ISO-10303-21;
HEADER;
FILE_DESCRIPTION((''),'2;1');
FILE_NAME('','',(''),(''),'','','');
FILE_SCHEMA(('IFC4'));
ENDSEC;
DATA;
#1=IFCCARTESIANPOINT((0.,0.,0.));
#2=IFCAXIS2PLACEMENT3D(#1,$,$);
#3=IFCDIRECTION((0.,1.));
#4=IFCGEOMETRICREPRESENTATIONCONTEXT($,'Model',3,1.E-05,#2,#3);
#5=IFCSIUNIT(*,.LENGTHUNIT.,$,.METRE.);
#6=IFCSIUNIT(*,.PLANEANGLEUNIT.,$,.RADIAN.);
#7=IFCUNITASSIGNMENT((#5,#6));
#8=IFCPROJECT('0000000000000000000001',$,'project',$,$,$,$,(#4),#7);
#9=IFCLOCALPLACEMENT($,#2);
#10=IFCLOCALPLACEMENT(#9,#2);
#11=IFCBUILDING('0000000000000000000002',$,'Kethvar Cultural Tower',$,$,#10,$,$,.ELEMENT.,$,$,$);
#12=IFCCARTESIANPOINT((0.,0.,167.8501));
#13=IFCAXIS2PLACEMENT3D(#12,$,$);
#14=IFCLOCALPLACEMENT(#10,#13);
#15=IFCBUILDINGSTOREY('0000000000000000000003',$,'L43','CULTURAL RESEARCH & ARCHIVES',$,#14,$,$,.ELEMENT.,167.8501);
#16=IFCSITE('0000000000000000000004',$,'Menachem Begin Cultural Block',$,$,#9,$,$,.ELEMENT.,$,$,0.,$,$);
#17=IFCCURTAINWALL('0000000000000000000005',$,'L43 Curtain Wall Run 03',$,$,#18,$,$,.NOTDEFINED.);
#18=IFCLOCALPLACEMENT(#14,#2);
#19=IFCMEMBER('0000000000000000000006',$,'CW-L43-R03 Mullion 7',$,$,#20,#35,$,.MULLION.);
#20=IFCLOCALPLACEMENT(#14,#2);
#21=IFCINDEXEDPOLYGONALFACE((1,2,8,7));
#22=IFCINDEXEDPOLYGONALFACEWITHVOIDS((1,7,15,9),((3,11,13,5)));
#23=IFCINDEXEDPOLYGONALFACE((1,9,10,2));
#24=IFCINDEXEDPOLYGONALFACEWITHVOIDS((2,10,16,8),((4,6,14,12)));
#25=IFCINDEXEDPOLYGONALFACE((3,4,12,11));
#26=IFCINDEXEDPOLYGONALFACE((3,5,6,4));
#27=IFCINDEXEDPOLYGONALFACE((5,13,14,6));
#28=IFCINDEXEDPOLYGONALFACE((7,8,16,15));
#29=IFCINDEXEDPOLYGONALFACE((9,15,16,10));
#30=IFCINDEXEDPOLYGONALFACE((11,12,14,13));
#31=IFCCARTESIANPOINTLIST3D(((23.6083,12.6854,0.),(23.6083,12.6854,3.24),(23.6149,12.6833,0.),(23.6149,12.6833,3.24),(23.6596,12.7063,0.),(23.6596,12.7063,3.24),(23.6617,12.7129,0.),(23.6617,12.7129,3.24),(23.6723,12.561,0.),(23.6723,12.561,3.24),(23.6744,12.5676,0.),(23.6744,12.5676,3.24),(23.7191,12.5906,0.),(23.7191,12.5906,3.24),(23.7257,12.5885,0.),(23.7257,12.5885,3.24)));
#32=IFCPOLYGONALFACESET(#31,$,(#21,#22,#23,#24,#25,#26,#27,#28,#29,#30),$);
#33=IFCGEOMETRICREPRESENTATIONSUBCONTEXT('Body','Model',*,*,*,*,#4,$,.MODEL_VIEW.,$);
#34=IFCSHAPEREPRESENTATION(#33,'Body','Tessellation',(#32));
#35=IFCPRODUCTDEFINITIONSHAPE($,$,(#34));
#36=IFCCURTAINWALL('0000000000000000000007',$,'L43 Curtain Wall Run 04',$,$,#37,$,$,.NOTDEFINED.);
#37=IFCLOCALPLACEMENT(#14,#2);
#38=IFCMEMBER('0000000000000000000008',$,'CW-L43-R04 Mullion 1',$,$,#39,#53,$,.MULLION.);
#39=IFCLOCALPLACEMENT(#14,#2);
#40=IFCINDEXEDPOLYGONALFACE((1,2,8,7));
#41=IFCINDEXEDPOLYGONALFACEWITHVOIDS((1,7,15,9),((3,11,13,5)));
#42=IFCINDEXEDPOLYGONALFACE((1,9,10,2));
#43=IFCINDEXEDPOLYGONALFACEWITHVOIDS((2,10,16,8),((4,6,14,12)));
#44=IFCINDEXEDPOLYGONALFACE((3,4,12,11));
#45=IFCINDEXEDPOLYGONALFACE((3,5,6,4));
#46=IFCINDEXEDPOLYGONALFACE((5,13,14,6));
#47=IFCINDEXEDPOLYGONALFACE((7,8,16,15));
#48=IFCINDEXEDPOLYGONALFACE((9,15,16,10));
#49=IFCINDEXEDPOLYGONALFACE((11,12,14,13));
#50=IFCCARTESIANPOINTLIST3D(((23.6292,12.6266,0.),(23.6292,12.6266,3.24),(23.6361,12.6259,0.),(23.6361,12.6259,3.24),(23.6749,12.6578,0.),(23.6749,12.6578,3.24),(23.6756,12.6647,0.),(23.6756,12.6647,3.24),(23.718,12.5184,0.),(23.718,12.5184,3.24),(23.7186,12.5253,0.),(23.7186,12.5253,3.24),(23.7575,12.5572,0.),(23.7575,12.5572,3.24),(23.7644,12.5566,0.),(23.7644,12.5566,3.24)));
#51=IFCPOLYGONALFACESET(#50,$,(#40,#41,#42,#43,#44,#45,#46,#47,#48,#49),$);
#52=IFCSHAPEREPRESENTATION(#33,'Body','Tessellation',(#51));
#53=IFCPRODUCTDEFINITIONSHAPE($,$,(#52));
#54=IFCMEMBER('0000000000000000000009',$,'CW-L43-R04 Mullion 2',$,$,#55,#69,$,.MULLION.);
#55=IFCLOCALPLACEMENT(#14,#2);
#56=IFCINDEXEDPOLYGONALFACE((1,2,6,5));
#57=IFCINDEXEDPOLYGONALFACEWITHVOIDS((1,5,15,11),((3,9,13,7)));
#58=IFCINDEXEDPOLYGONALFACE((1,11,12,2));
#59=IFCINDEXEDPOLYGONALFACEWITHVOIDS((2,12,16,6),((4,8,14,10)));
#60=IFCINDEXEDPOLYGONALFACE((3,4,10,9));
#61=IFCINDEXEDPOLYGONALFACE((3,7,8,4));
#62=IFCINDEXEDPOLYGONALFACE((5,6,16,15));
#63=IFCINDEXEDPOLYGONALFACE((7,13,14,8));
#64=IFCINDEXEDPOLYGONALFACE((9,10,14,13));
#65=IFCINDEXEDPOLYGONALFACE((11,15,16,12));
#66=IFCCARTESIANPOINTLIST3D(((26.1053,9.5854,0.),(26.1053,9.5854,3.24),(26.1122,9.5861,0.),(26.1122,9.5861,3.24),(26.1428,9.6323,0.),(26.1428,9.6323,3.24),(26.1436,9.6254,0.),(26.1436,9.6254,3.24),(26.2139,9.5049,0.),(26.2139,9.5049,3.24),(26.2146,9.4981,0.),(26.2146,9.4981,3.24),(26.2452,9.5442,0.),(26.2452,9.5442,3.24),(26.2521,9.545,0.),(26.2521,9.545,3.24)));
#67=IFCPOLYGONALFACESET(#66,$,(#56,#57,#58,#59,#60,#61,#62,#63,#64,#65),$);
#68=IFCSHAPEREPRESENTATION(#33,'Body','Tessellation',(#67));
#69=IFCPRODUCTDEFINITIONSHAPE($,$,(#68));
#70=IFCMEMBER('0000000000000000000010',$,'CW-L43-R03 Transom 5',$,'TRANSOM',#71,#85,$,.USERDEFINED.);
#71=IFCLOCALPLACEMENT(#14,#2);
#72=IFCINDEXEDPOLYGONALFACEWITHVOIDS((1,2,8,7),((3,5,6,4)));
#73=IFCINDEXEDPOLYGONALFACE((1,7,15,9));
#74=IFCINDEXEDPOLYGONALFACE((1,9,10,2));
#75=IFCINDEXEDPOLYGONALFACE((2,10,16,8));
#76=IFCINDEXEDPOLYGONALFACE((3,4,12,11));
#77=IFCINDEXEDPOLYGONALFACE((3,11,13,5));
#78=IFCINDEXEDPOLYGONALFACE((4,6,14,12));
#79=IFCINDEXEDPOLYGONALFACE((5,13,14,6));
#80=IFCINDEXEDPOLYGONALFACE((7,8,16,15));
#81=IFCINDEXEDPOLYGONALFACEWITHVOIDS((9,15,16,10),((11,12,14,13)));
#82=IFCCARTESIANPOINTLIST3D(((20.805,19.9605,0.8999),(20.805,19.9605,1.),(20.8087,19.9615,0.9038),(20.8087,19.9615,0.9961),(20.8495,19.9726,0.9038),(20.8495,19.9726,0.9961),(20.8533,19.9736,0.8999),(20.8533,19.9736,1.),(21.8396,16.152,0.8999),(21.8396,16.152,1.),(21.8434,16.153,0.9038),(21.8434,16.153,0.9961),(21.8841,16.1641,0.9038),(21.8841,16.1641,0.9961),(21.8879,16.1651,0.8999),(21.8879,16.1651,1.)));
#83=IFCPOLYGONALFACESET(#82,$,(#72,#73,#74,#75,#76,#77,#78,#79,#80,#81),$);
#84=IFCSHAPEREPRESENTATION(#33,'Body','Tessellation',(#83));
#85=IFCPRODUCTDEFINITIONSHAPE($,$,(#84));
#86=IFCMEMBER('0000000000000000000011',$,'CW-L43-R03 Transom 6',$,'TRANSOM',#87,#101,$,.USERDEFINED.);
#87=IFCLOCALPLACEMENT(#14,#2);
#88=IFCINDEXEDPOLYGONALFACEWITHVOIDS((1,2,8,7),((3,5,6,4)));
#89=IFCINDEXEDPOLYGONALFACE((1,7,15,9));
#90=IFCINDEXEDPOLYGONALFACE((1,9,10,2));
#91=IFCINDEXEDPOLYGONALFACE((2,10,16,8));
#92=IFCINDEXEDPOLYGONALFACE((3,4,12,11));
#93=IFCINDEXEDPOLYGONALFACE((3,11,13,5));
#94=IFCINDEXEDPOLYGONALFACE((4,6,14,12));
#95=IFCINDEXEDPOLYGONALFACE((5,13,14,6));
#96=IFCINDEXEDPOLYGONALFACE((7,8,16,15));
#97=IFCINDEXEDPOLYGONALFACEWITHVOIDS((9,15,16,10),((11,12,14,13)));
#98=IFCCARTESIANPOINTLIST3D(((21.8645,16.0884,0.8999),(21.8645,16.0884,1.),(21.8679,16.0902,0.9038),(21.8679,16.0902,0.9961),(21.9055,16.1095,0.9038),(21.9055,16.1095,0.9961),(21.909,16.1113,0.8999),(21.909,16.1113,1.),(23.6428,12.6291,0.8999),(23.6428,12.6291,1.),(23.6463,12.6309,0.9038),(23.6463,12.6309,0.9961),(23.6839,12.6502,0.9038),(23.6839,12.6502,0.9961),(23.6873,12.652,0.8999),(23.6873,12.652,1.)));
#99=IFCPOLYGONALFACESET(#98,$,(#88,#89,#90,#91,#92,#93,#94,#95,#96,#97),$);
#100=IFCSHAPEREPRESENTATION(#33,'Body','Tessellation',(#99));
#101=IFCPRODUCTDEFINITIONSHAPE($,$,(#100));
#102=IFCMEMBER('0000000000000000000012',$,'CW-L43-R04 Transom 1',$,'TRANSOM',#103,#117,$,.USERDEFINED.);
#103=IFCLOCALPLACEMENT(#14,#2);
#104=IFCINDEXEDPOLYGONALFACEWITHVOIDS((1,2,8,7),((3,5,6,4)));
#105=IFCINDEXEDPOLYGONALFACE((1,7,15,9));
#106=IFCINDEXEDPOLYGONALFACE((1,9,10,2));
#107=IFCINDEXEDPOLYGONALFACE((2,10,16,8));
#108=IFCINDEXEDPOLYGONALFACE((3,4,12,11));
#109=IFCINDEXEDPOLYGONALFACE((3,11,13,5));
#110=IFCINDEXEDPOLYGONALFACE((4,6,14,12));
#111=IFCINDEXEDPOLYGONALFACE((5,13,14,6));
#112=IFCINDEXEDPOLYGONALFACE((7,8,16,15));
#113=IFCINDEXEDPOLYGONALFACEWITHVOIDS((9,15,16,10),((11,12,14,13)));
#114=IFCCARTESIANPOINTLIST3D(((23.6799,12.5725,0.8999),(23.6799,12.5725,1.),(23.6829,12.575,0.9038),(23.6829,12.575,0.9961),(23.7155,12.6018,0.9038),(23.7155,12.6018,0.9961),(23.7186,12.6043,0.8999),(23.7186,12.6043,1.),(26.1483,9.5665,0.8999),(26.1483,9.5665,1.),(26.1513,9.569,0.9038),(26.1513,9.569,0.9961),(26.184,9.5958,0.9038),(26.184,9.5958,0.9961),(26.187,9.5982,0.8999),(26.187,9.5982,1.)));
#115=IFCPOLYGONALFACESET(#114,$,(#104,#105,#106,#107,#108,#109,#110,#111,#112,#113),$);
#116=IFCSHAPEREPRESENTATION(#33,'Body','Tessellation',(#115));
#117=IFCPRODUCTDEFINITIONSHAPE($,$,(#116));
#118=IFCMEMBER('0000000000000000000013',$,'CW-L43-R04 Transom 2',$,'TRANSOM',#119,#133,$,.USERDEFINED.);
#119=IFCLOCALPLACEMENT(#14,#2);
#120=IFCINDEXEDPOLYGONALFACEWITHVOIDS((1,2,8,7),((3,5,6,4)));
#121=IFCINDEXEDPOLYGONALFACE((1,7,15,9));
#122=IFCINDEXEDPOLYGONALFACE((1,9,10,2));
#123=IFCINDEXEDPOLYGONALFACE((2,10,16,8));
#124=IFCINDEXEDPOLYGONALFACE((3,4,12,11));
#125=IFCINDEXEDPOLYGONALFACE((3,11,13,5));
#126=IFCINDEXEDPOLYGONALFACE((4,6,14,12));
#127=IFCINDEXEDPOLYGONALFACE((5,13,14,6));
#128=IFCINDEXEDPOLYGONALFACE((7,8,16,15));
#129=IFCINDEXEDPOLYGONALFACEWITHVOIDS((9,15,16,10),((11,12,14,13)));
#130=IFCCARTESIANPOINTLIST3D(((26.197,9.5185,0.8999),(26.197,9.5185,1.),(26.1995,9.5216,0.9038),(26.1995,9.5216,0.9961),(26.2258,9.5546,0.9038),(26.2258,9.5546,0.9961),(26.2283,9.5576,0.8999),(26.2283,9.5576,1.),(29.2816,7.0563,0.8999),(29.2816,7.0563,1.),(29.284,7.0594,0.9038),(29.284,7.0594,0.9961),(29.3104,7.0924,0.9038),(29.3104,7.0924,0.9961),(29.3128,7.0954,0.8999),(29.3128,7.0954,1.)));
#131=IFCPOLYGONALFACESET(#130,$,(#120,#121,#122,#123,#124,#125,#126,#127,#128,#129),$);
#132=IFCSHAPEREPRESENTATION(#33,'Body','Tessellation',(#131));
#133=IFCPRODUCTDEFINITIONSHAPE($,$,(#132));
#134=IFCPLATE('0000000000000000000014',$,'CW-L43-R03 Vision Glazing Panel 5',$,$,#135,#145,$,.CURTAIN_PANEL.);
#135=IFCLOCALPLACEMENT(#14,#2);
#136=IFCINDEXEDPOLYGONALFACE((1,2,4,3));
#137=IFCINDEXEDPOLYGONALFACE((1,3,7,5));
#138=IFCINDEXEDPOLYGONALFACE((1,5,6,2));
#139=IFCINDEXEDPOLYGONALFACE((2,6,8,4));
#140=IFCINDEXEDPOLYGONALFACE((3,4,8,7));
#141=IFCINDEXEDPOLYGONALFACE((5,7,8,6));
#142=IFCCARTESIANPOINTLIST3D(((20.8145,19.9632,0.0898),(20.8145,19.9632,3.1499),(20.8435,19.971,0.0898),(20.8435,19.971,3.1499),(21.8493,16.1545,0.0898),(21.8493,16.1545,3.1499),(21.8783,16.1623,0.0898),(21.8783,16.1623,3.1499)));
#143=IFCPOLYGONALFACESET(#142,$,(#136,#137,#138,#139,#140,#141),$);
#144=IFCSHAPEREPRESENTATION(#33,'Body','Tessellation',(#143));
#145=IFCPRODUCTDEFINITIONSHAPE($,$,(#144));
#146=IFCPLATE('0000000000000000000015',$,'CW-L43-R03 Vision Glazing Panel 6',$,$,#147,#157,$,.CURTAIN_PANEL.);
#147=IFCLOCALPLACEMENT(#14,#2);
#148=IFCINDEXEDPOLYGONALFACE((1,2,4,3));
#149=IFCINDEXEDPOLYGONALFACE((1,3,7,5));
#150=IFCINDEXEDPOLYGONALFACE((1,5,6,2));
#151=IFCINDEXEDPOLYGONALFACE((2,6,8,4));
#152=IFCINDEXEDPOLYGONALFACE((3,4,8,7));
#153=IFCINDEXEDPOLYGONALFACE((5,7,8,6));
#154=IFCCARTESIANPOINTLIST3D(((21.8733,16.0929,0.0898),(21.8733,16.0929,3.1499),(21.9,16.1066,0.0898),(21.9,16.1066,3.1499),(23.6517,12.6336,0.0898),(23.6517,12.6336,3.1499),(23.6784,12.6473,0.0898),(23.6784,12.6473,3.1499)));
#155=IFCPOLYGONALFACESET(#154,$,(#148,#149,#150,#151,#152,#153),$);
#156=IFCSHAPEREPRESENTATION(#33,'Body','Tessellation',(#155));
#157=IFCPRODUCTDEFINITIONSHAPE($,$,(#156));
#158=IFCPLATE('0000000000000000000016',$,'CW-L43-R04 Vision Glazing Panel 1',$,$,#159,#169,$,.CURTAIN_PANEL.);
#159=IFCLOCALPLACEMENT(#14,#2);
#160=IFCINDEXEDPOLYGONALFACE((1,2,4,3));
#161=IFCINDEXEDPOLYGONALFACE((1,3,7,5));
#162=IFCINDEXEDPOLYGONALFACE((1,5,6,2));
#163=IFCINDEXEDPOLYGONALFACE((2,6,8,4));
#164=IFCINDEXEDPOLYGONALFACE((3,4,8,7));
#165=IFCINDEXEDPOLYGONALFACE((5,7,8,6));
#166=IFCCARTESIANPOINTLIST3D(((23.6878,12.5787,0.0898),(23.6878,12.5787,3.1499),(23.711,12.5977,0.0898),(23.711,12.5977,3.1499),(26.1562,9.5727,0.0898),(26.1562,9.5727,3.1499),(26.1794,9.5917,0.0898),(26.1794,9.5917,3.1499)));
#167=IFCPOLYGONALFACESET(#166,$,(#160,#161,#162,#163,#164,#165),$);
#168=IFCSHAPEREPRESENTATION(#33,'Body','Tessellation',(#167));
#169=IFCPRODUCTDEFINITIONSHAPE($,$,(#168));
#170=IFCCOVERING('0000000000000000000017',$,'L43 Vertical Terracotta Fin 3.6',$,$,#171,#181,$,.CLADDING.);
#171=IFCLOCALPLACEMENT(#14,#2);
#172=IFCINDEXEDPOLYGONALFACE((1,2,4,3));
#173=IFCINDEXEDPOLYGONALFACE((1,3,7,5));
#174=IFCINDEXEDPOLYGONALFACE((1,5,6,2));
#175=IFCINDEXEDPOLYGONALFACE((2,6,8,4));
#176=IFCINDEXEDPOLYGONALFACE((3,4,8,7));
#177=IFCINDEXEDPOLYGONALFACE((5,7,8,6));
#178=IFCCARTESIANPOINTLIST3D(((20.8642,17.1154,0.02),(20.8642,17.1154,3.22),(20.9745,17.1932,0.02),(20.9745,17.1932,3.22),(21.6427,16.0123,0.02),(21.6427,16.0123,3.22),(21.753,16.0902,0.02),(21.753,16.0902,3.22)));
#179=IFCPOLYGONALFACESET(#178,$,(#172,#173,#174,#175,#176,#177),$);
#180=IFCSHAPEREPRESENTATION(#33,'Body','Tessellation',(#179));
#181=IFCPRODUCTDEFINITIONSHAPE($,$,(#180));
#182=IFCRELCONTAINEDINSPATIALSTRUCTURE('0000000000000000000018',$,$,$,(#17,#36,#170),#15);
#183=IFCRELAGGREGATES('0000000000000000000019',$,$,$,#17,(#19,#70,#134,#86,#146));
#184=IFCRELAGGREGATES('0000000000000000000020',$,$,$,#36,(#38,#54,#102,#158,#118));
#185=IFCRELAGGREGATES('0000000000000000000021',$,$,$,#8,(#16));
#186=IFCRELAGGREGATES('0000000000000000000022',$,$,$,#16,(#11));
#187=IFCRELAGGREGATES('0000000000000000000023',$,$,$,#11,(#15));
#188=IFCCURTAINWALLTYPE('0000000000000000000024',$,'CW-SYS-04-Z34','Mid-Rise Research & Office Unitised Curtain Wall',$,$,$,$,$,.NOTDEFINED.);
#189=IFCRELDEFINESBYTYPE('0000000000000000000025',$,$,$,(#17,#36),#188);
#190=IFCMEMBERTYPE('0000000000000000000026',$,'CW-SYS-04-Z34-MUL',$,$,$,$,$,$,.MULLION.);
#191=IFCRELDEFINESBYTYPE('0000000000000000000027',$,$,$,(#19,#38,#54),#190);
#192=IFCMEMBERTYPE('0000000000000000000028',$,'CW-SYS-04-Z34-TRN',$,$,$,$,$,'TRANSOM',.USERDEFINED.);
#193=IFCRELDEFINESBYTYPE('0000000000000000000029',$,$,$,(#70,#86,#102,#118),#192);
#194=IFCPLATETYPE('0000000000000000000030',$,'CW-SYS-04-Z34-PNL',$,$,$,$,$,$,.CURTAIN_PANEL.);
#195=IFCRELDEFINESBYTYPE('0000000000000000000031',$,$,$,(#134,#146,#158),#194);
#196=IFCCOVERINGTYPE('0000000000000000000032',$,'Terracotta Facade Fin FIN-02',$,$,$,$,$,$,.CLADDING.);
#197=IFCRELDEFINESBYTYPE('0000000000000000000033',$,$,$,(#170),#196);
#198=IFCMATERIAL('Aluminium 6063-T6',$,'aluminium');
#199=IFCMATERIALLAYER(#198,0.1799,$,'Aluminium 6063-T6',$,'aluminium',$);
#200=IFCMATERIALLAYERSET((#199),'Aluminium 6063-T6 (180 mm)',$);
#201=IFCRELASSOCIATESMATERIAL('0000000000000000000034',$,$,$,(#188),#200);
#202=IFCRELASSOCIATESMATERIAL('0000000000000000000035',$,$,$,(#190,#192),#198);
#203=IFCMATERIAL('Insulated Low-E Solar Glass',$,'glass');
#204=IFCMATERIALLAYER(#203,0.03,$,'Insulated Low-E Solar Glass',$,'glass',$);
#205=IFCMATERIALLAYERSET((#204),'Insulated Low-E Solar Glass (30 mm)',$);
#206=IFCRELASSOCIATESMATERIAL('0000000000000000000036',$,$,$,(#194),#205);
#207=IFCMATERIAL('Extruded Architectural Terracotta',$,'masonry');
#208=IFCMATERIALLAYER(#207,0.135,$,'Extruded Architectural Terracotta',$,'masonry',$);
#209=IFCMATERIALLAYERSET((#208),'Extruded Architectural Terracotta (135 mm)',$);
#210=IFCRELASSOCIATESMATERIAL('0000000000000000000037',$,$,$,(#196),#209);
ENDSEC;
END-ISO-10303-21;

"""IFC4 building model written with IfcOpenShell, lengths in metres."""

from ifc_helpers import new_model, si_unit, direction, frame, origin, origin_2d, place, context, subcontext, project, spatial, rectangle, hollow_rectangle, extrude, source, transform, mapped, material, layer, layer_set, material_profile, profile_set, type_object, element, aggregate, save


model = new_model("IFC4")

# Units and contexts
model_context = context("Model", 3, precision=1e-05, world=origin(), true_north=direction((0.0, 1.0)))
body_context = subcontext(model_context, "Body", "Model", "MODEL_VIEW")
ifc_project = project(units=[si_unit("LENGTHUNIT", "METRE"), si_unit("PLANEANGLEUNIT", "RADIAN")], contexts=[model_context])

# Site, building, storey
site_placement = place(None, origin())
site = spatial("IfcSite", under=ifc_project, at=site_placement, Name="Menachem Begin Cultural Block", CompositionType="ELEMENT", RefElevation=0.0)
building_placement = place(site_placement, origin())
building = spatial("IfcBuilding", under=site, at=building_placement, Name="Kethvar Cultural Tower", CompositionType="ELEMENT")
storey_placement = place(building_placement, frame((0.0, 0.0, 167.8501)))
storey = spatial("IfcBuildingStorey", under=building, at=storey_placement, Name="L43", Description="CULTURAL RESEARCH & ARCHIVES", CompositionType="ELEMENT", Elevation=167.8501)

# Curtain walls, members
ifc_material_1 = material(Name="Aluminium 6063-T6", Category="aluminium")
ifc_layer_1 = layer(ifc_material_1, 0.1799, Name="Aluminium 6063-T6", Category="aluminium")
ifc_layer_set_1 = layer_set([ifc_layer_1], Name="Aluminium 6063-T6 (180 mm)")
curtain_wall_type = type_object("IfcCurtainWallType", Name="CW-SYS-04-Z34", Description="Mid-Rise Research & Office Unitised Curtain Wall", PredefinedType="NOTDEFINED", material=ifc_layer_set_1)
curtain_wall_1_placement = place(storey_placement, origin())
curtain_wall_1 = element("IfcCurtainWall", 1, at=curtain_wall_1_placement, inside=storey, type_object=curtain_wall_type, Name="L43 Curtain Wall Run 03", PredefinedType="NOTDEFINED")
ifc_material_profile_1 = material_profile(ifc_material_1, hollow_rectangle(XDim=0.0601, YDim=0.1399, WallThickness=0.0049, at=origin_2d()), Name="Aluminium 6063-T6 — RHS140x60x5")
ifc_profile_set_1 = profile_set([ifc_material_profile_1], Name="Aluminium 6063-T6 — RHS140x60x5")
member_type_1 = type_object("IfcMemberType", Name="CW-SYS-04-Z34-MUL", PredefinedType="MULLION", material=ifc_profile_set_1)
shared_shape_1 = source(origin(), body_context, "Body", "SweptSolid", [
    extrude(hollow_rectangle(XDim=0.0601, YDim=0.1399, WallThickness=0.0049, at=origin_2d()), origin(), (0.0, 0.0, 1.0), 3.24),
])
member_1_placement = place(storey_placement, frame((23.667, 12.637, 0.0), z_axis=(0.0, 0.0, 1.0), x_axis=(0.889353, 0.457222, 0.0)))
member_1 = element("IfcMember", 2, at=member_1_placement, type_object=member_type_1, Name="CW-L43-R03 Mullion 7", PredefinedType="MULLION", context=body_context, shape_type="MappedRepresentation", body=[
    mapped(shared_shape_1, transform((0.0, 0.0, 0.0), scale=1.0)),
])
curtain_wall_2_placement = place(storey_placement, origin())
curtain_wall_2 = element("IfcCurtainWall", 3, at=curtain_wall_2_placement, inside=storey, type_object=curtain_wall_type, Name="L43 Curtain Wall Run 04", PredefinedType="NOTDEFINED")
member_2_placement = place(storey_placement, frame((23.6968, 12.5916, 0.0), z_axis=(0.0, 0.0, 1.0), x_axis=(0.772822, 0.634623, 0.0)))
member_2 = element("IfcMember", 4, at=member_2_placement, type_object=member_type_1, Name="CW-L43-R04 Mullion 1", PredefinedType="MULLION", context=body_context, shape_type="MappedRepresentation", body=[
    mapped(shared_shape_1, transform((0.0, 0.0, 0.0), scale=1.0)),
])
member_3_placement = place(storey_placement, frame((26.1787, 9.5652, 0.0), z_axis=(0.0, 0.0, 1.0), x_axis=(0.62388, 0.78152, 0.0)))
member_3 = element("IfcMember", 5, at=member_3_placement, type_object=member_type_1, Name="CW-L43-R04 Mullion 2", PredefinedType="MULLION", context=body_context, shape_type="MappedRepresentation", body=[
    mapped(shared_shape_1, transform((0.0, 0.0, 0.0), scale=1.0)),
])

# Members
ifc_material_profile_2 = material_profile(ifc_material_1, hollow_rectangle(XDim=0.05, YDim=0.1001, WallThickness=0.0039, at=origin_2d()), Name="Aluminium 6063-T6 — RHS100x50x4")
ifc_profile_set_2 = profile_set([ifc_material_profile_2], Name="Aluminium 6063-T6 — RHS100x50x4")
member_type_2 = type_object("IfcMemberType", Name="CW-SYS-04-Z34-TRN", ElementType="TRANSOM", PredefinedType="USERDEFINED", material=ifc_profile_set_2)
shared_shape_2 = source(origin(), body_context, "Body", "SweptSolid", [
    extrude(hollow_rectangle(XDim=0.05, YDim=0.1001, WallThickness=0.0039, at=origin_2d()), origin(), (0.0, 0.0, 1.0), 3.9465),
])
member_4_placement = place(storey_placement, frame((20.8291, 19.967, 0.95), z_axis=(0.262165, -0.965023, 0.0), x_axis=(0.965023, 0.262165, 0.0)))
member_4 = element("IfcMember", 6, at=member_4_placement, type_object=member_type_2, Name="CW-L43-R03 Transom 5", ObjectType="TRANSOM", PredefinedType="USERDEFINED", context=body_context, shape_type="MappedRepresentation", body=[
    mapped(shared_shape_2, transform((0.0, 0.0, 0.0), scale=1.0)),
])
shared_shape_3 = source(origin(), body_context, "Body", "SweptSolid", [
    extrude(hollow_rectangle(XDim=0.05, YDim=0.1001, WallThickness=0.0039, at=origin_2d()), origin(), (0.0, 0.0, 1.0), 3.8896),
])
member_5_placement = place(storey_placement, frame((21.8867, 16.0999, 0.95), z_axis=(0.457203, -0.889362, 0.0), x_axis=(0.889362, 0.457203, 0.0)))
member_5 = element("IfcMember", 7, at=member_5_placement, type_object=member_type_2, Name="CW-L43-R03 Transom 6", ObjectType="TRANSOM", PredefinedType="USERDEFINED", context=body_context, shape_type="MappedRepresentation", body=[
    mapped(shared_shape_3, transform((0.0, 0.0, 0.0), scale=1.0)),
])
member_6_placement = place(storey_placement, frame((23.6992, 12.5884, 0.95), z_axis=(0.634618, -0.772826, 0.0), x_axis=(0.772826, 0.634618, 0.0)))
member_6 = element("IfcMember", 8, at=member_6_placement, type_object=member_type_2, Name="CW-L43-R04 Transom 1", ObjectType="TRANSOM", PredefinedType="USERDEFINED", context=body_context, shape_type="MappedRepresentation", body=[
    mapped(shared_shape_3, transform((0.0, 0.0, 0.0), scale=1.0)),
])
shared_shape_4 = source(origin(), body_context, "Body", "SweptSolid", [
    extrude(hollow_rectangle(XDim=0.05, YDim=0.1001, WallThickness=0.0039, at=origin_2d()), origin(), (0.0, 0.0, 1.0), 3.9468),
])
member_7_placement = place(storey_placement, frame((26.2126, 9.5381, 0.95), z_axis=(0.781538, -0.623857, 0.0), x_axis=(0.623857, 0.781538, 0.0)))
member_7 = element("IfcMember", 9, at=member_7_placement, type_object=member_type_2, Name="CW-L43-R04 Transom 2", ObjectType="TRANSOM", PredefinedType="USERDEFINED", context=body_context, shape_type="MappedRepresentation", body=[
    mapped(shared_shape_4, transform((0.0, 0.0, 0.0), scale=1.0)),
])

# Plates
ifc_material_2 = material(Name="Insulated Low-E Solar Glass", Category="glass")
ifc_layer_2 = layer(ifc_material_2, 0.03, Name="Insulated Low-E Solar Glass", Category="glass")
ifc_layer_set_2 = layer_set([ifc_layer_2], Name="Insulated Low-E Solar Glass (30 mm)")
plate_type = type_object("IfcPlateType", Name="CW-SYS-04-Z34-PNL", PredefinedType="CURTAIN_PANEL", material=ifc_layer_set_2)
shared_shape_5 = source(origin(), body_context, "Body", "SweptSolid", [
    extrude(rectangle(XDim=3.9468, YDim=0.03, at=origin_2d()), origin(), (0.0, 0.0, 1.0), 3.0601),
])
plate_1_placement = place(storey_placement, frame((21.3464, 18.0627, 0.0898), z_axis=(0.0, 0.0, 1.0), x_axis=(0.262189, -0.965016, 0.0)))
plate_1 = element("IfcPlate", 10, at=plate_1_placement, type_object=plate_type, Name="CW-L43-R03 Vision Glazing Panel 5", PredefinedType="CURTAIN_PANEL", context=body_context, shape_type="MappedRepresentation", body=[
    mapped(shared_shape_5, transform((0.0, 0.0, 0.0), scale=1.0)),
])
shared_shape_6 = source(origin(), body_context, "Body", "SweptSolid", [
    extrude(rectangle(XDim=3.8896, YDim=0.03, at=origin_2d()), origin(), (0.0, 0.0, 1.0), 3.0601),
])
plate_2_placement = place(storey_placement, frame((22.7759, 14.3701, 0.0898), z_axis=(0.0, 0.0, 1.0), x_axis=(0.457222, -0.889353, 0.0)))
plate_2 = element("IfcPlate", 11, at=plate_2_placement, type_object=plate_type, Name="CW-L43-R03 Vision Glazing Panel 6", PredefinedType="CURTAIN_PANEL", context=body_context, shape_type="MappedRepresentation", body=[
    mapped(shared_shape_6, transform((0.0, 0.0, 0.0), scale=1.0)),
])
aggregate(curtain_wall_1, [member_1, member_4, plate_1, member_5, plate_2])
plate_3_placement = place(storey_placement, frame((24.9336, 11.0852, 0.0898), z_axis=(0.0, 0.0, 1.0), x_axis=(0.634623, -0.772822, 0.0)))
plate_3 = element("IfcPlate", 12, at=plate_3_placement, type_object=plate_type, Name="CW-L43-R04 Vision Glazing Panel 1", PredefinedType="CURTAIN_PANEL", context=body_context, shape_type="MappedRepresentation", body=[
    mapped(shared_shape_6, transform((0.0, 0.0, 0.0), scale=1.0)),
])
aggregate(curtain_wall_2, [member_2, member_3, member_6, plate_3, member_7])

# Covering
ifc_material_3 = material(Name="Extruded Architectural Terracotta", Category="masonry")
ifc_layer_3 = layer(ifc_material_3, 0.135, Name="Extruded Architectural Terracotta", Category="masonry")
ifc_layer_set_3 = layer_set([ifc_layer_3], Name="Extruded Architectural Terracotta (135 mm)")
covering_type = type_object("IfcCoveringType", Name="Terracotta Facade Fin FIN-02", PredefinedType="CLADDING", material=ifc_layer_set_3)
shared_shape_7 = source(origin(), body_context, "Body", "SweptSolid", [
    extrude(rectangle(XDim=1.3501, YDim=0.135, at=origin_2d()), origin(), (0.0, 0.0, 1.0), 3.2),
])
for number, where, z_axis, x_axis, name in (
    (13, (21.3086, 16.6028, 0.02), (0.0, 0.0, 1.0), (-0.576575, 0.817044, 0.0), "L43 Vertical Terracotta Fin 3.6"),
):
    element("IfcCovering", number, at=place(storey_placement, frame(where, z_axis=z_axis, x_axis=x_axis)), inside=storey, type_object=covering_type, Name=name, PredefinedType="CLADDING", context=body_context, shape_type="MappedRepresentation", body=[
        mapped(shared_shape_7, transform((0.0, 0.0, 0.0), scale=1.0)),
    ])

save(model, "model.ifc")
